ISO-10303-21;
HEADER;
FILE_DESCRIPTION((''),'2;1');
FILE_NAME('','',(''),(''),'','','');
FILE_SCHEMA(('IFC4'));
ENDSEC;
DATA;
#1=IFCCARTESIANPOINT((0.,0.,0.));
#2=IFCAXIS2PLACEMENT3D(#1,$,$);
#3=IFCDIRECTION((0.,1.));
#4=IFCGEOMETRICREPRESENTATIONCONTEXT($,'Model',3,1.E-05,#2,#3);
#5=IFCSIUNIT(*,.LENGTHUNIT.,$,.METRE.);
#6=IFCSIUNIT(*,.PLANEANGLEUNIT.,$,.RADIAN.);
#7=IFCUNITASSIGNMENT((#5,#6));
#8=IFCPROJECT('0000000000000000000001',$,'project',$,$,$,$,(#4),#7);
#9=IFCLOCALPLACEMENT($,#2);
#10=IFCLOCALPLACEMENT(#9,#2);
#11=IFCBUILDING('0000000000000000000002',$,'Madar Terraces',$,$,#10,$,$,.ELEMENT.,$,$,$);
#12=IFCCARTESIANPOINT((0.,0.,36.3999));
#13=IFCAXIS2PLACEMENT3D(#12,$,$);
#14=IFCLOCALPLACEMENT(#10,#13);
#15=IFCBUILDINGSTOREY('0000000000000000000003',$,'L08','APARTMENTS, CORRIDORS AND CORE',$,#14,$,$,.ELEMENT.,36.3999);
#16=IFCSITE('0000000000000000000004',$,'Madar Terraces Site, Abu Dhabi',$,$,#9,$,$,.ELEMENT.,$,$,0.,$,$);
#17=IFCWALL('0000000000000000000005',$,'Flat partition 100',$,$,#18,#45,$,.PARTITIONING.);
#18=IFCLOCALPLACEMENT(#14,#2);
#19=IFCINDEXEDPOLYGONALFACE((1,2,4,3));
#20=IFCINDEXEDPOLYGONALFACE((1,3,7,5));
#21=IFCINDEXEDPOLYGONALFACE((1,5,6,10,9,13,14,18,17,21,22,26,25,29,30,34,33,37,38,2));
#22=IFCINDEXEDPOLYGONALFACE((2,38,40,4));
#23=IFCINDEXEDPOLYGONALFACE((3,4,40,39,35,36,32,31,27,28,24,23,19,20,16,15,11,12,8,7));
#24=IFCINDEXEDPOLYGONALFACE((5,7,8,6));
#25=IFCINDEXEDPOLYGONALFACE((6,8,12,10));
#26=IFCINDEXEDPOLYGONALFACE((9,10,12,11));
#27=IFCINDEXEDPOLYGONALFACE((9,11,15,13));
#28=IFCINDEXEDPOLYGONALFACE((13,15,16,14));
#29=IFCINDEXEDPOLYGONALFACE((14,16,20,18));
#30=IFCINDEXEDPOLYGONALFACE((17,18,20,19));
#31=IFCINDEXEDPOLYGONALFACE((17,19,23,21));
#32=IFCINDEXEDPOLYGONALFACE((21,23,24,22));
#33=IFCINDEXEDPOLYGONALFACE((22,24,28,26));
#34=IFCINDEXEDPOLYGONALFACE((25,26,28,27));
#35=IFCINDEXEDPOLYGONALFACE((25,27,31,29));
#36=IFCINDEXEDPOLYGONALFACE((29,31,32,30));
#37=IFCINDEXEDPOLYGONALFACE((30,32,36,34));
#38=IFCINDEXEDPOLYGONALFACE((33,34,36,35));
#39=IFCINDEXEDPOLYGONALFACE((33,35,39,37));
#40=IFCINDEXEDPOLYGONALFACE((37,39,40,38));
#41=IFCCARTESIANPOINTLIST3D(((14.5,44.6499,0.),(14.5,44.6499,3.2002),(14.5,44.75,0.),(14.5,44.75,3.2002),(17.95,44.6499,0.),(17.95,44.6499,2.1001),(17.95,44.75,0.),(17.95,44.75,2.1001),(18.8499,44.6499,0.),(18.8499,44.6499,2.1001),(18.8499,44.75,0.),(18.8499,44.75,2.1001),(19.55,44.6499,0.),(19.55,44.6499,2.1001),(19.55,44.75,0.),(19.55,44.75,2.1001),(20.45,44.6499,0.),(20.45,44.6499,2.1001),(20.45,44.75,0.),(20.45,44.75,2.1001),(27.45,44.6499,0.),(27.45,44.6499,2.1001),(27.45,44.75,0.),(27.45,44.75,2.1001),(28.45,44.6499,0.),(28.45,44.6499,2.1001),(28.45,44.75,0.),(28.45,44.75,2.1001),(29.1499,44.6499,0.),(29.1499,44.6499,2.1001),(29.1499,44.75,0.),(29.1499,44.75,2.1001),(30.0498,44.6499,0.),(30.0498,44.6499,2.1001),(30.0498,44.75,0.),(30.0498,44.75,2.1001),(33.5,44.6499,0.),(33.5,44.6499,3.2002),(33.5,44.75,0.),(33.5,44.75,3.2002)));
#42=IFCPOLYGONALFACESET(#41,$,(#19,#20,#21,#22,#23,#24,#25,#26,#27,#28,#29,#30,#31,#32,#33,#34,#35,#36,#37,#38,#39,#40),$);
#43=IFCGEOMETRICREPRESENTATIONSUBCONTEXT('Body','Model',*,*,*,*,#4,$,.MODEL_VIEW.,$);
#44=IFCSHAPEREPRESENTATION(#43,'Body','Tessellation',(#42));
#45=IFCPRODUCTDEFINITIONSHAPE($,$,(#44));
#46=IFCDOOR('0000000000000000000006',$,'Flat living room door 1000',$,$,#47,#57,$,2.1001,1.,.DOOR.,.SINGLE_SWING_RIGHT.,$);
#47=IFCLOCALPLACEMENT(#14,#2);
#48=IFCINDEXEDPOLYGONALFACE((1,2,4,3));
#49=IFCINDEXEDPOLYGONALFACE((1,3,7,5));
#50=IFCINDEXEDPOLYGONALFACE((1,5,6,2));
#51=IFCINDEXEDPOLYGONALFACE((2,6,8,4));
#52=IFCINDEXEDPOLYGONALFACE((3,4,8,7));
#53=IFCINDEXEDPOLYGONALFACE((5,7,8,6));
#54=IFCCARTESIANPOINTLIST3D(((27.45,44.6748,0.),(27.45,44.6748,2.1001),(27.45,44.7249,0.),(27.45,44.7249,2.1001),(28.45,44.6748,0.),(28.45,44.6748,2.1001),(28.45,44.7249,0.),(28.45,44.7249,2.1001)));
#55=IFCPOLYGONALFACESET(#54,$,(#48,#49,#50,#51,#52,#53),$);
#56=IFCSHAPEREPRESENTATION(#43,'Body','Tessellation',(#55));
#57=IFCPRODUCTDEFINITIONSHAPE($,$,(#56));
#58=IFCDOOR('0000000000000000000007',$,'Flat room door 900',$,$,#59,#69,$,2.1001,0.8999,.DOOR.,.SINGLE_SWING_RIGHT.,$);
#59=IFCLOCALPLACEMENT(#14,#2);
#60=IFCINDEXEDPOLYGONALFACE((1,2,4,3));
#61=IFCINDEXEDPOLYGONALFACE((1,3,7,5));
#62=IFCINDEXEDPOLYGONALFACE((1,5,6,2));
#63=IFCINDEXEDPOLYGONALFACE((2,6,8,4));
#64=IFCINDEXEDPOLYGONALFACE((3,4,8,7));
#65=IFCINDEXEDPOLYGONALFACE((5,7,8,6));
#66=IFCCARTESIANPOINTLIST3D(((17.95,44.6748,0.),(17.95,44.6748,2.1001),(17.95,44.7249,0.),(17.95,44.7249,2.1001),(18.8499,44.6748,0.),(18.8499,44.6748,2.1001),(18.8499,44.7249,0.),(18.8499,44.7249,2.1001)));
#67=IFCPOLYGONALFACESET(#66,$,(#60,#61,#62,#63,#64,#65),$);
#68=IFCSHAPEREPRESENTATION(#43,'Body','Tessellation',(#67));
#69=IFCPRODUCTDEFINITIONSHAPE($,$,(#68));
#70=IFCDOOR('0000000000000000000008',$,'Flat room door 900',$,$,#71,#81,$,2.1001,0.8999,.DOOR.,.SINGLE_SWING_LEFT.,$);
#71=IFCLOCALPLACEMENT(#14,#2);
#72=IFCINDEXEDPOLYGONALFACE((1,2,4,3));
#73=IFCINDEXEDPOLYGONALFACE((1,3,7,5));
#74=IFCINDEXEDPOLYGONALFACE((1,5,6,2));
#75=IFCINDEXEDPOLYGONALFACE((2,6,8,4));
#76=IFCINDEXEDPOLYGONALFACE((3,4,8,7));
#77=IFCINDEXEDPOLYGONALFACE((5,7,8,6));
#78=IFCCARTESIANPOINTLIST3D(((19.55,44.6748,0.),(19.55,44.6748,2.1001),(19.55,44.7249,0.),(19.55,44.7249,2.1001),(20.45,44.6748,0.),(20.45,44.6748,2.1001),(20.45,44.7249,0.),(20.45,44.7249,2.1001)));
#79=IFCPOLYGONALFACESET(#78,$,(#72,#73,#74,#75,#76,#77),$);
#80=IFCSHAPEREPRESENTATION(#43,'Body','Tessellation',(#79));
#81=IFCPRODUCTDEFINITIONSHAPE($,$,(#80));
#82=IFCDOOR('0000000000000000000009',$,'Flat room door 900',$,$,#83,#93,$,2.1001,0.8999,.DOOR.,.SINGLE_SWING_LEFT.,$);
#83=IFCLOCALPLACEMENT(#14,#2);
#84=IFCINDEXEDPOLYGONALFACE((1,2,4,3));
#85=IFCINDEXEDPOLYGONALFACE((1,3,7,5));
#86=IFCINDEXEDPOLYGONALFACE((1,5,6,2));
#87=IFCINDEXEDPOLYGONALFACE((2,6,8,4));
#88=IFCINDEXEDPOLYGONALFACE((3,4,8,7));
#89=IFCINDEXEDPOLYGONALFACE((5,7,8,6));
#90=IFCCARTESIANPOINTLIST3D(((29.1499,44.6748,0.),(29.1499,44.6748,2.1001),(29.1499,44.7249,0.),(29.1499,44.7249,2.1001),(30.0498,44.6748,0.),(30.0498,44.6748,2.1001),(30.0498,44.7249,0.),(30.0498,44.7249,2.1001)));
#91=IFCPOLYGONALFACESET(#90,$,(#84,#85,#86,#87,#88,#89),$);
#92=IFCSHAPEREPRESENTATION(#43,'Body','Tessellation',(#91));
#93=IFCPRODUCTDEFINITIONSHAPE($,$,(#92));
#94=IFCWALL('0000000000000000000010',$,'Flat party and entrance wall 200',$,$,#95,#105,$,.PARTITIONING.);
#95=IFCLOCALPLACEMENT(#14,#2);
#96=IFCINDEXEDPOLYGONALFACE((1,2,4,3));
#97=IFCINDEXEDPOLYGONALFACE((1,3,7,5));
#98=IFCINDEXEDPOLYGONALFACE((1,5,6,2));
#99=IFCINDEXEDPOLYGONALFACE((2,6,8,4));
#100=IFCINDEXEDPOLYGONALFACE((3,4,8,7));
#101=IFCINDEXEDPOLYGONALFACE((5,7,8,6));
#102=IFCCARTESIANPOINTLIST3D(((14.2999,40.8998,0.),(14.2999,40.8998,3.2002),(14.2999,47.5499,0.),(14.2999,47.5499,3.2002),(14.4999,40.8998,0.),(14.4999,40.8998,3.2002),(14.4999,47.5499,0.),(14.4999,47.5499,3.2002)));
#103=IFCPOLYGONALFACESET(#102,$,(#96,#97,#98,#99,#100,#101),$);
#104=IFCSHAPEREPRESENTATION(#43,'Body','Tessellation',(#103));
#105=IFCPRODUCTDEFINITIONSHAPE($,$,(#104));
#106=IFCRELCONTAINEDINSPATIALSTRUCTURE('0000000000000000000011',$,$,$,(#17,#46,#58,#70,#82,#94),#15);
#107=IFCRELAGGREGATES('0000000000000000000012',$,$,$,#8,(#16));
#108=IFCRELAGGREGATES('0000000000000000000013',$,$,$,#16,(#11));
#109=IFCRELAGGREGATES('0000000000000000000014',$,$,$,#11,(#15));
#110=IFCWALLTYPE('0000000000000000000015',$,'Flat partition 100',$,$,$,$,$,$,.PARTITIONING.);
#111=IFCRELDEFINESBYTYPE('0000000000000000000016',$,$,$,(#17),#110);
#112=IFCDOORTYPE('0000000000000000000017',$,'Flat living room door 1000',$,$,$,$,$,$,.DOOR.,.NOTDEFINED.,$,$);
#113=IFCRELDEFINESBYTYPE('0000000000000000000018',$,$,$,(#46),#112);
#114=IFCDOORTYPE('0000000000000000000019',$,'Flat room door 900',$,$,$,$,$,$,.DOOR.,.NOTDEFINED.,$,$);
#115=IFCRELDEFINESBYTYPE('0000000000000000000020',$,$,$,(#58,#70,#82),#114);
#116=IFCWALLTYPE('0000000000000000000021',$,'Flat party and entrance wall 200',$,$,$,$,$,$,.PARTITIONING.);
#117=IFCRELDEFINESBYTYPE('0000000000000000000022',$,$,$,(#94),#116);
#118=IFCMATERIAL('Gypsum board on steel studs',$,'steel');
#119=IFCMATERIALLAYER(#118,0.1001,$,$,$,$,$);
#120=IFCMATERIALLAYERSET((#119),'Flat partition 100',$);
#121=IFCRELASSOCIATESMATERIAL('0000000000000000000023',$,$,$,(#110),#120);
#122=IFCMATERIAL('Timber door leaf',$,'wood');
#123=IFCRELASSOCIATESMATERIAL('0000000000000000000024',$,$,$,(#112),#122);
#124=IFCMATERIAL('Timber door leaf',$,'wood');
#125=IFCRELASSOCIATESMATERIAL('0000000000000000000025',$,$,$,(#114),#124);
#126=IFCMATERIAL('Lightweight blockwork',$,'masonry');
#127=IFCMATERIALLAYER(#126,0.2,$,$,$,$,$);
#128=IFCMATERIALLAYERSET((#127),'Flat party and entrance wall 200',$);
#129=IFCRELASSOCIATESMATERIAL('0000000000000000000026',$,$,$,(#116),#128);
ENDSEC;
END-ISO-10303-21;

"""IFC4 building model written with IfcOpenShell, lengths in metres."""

from ifc_helpers import new_model, si_unit, direction, frame, frame_2d, origin, place, context, subcontext, project, spatial, rectangle, extrude, material, layer, layer_set, type_object, element, fill, save


model = new_model("IFC4")

# Units and contexts
model_context = context("Model", 3, precision=1e-05, world=origin(), true_north=direction((0.0, 1.0)))
body_context = subcontext(model_context, "Body", "Model", "MODEL_VIEW")
ifc_project = project(units=[si_unit("LENGTHUNIT", "METRE"), si_unit("PLANEANGLEUNIT", "RADIAN")], contexts=[model_context])

# Site, building, storey
site_placement = place(None, origin())
site = spatial("IfcSite", under=ifc_project, at=site_placement, Name="Madar Terraces Site, Abu Dhabi", CompositionType="ELEMENT", RefElevation=0.0)
building_placement = place(site_placement, origin())
building = spatial("IfcBuilding", under=site, at=building_placement, Name="Madar Terraces", CompositionType="ELEMENT")
storey_placement = place(building_placement, frame((0.0, 0.0, 36.3999)))
storey = spatial("IfcBuildingStorey", under=building, at=storey_placement, Name="L08", Description="APARTMENTS, CORRIDORS AND CORE", CompositionType="ELEMENT", Elevation=36.3999)

# Wall, openings, doors
ifc_material_1 = material(Name="Gypsum board on steel studs", Category="steel")
ifc_layer_1 = layer(ifc_material_1, 0.1001)
ifc_layer_set_1 = layer_set([ifc_layer_1], Name="Flat partition 100")
wall_type_1 = type_object("IfcWallType", Name="Flat partition 100", PredefinedType="PARTITIONING", material=ifc_layer_set_1)
wall_1_placement = place(storey_placement, frame((14.5, 44.7, 0.0), z_axis=(0.0, 0.0, 1.0), x_axis=(1.0, 0.0, 0.0)))
wall_1 = element("IfcWall", 1, at=wall_1_placement, inside=storey, type_object=wall_type_1, Name="Flat partition 100", PredefinedType="PARTITIONING", context=body_context, shape_type="SweptSolid", body=[
    extrude(rectangle(XDim=19.0, YDim=0.1001, at=frame_2d((9.5, 0.0))), origin(), (0.0, 0.0, 1.0), 3.2002),
])
opening_1_placement = place(wall_1_placement, frame((3.45, 0.0, 0.0)))
opening_1 = element("IfcOpeningElement", 2, at=opening_1_placement, cuts=wall_1, PredefinedType="OPENING", context=body_context, shape_type="SweptSolid", body=[
    extrude(rectangle(XDim=0.8999, YDim=2.1001, at=frame_2d((0.45, 1.05))), frame((0.0, 0.0601, 0.0), z_axis=(0.0, -1.0, 0.0), x_axis=(1.0, 0.0, 0.0)), (0.0, 0.0, 1.0), 0.1201),
])
opening_2_placement = place(wall_1_placement, frame((5.05, 0.0, 0.0)))
opening_2 = element("IfcOpeningElement", 3, at=opening_2_placement, cuts=wall_1, PredefinedType="OPENING", context=body_context, shape_type="SweptSolid", body=[
    extrude(rectangle(XDim=0.8999, YDim=2.1001, at=frame_2d((0.45, 1.05))), frame((0.0, 0.0601, 0.0), z_axis=(0.0, -1.0, 0.0), x_axis=(1.0, 0.0, 0.0)), (0.0, 0.0, 1.0), 0.1201),
])
opening_3_placement = place(wall_1_placement, frame((12.95, 0.0, 0.0)))
opening_3 = element("IfcOpeningElement", 4, at=opening_3_placement, cuts=wall_1, PredefinedType="OPENING", context=body_context, shape_type="SweptSolid", body=[
    extrude(rectangle(XDim=1.0, YDim=2.1001, at=frame_2d((0.5, 1.05))), frame((0.0, 0.0601, 0.0), z_axis=(0.0, -1.0, 0.0), x_axis=(1.0, 0.0, 0.0)), (0.0, 0.0, 1.0), 0.1201),
])
opening_4_placement = place(wall_1_placement, frame((14.6499, 0.0, 0.0)))
opening_4 = element("IfcOpeningElement", 5, at=opening_4_placement, cuts=wall_1, PredefinedType="OPENING", context=body_context, shape_type="SweptSolid", body=[
    extrude(rectangle(XDim=0.8999, YDim=2.1001, at=frame_2d((0.45, 1.05))), frame((0.0, 0.0601, 0.0), z_axis=(0.0, -1.0, 0.0), x_axis=(1.0, 0.0, 0.0)), (0.0, 0.0, 1.0), 0.1201),
])
ifc_material_2 = material(Name="Timber door leaf", Category="wood")
door_type_1 = type_object("IfcDoorType", Name="Flat living room door 1000", OperationType="NOTDEFINED", PredefinedType="DOOR", material=ifc_material_2)
door_1_placement = place(opening_3_placement, origin())
door_1 = element("IfcDoor", 6, at=door_1_placement, inside=storey, type_object=door_type_1, Name="Flat living room door 1000", OperationType="SINGLE_SWING_RIGHT", OverallHeight=2.1001, OverallWidth=1.0, PredefinedType="DOOR", context=body_context, shape_type="SweptSolid", body=[
    extrude(rectangle(XDim=1.0, YDim=2.1001, at=frame_2d((0.5, 1.05))), frame((0.0, 0.0249, 0.0), z_axis=(0.0, -1.0, 0.0), x_axis=(1.0, 0.0, 0.0)), (0.0, 0.0, 1.0), 0.05),
])
fill(opening_3, door_1)
ifc_material_3 = material(Name="Timber door leaf", Category="wood")
door_type_2 = type_object("IfcDoorType", Name="Flat room door 900", OperationType="NOTDEFINED", PredefinedType="DOOR", material=ifc_material_3)
door_2_placement = place(opening_1_placement, origin())
door_2 = element("IfcDoor", 7, at=door_2_placement, inside=storey, type_object=door_type_2, Name="Flat room door 900", OperationType="SINGLE_SWING_RIGHT", OverallHeight=2.1001, OverallWidth=0.8999, PredefinedType="DOOR", context=body_context, shape_type="SweptSolid", body=[
    extrude(rectangle(XDim=0.8999, YDim=2.1001, at=frame_2d((0.45, 1.05))), frame((0.0, 0.0249, 0.0), z_axis=(0.0, -1.0, 0.0), x_axis=(1.0, 0.0, 0.0)), (0.0, 0.0, 1.0), 0.05),
])
fill(opening_1, door_2)
door_3_placement = place(opening_2_placement, origin())
door_3 = element("IfcDoor", 8, at=door_3_placement, inside=storey, type_object=door_type_2, Name="Flat room door 900", OperationType="SINGLE_SWING_LEFT", OverallHeight=2.1001, OverallWidth=0.8999, PredefinedType="DOOR", context=body_context, shape_type="SweptSolid", body=[
    extrude(rectangle(XDim=0.8999, YDim=2.1001, at=frame_2d((0.45, 1.05))), frame((0.0, 0.0249, 0.0), z_axis=(0.0, -1.0, 0.0), x_axis=(1.0, 0.0, 0.0)), (0.0, 0.0, 1.0), 0.05),
])
fill(opening_2, door_3)
door_4_placement = place(opening_4_placement, origin())
door_4 = element("IfcDoor", 9, at=door_4_placement, inside=storey, type_object=door_type_2, Name="Flat room door 900", OperationType="SINGLE_SWING_LEFT", OverallHeight=2.1001, OverallWidth=0.8999, PredefinedType="DOOR", context=body_context, shape_type="SweptSolid", body=[
    extrude(rectangle(XDim=0.8999, YDim=2.1001, at=frame_2d((0.45, 1.05))), frame((0.0, 0.0249, 0.0), z_axis=(0.0, -1.0, 0.0), x_axis=(1.0, 0.0, 0.0)), (0.0, 0.0, 1.0), 0.05),
])
fill(opening_4, door_4)

# Wall
ifc_material_4 = material(Name="Lightweight blockwork", Category="masonry")
ifc_layer_2 = layer(ifc_material_4, 0.2)
ifc_layer_set_2 = layer_set([ifc_layer_2], Name="Flat party and entrance wall 200")
wall_type_2 = type_object("IfcWallType", Name="Flat party and entrance wall 200", PredefinedType="PARTITIONING", material=ifc_layer_set_2)
wall_2_placement = place(storey_placement, frame((14.3999, 47.55, 0.0), z_axis=(0.0, 0.0, 1.0), x_axis=(0.0, -1.0, 0.0)))
element("IfcWall", 10, at=wall_2_placement, inside=storey, type_object=wall_type_2, Name="Flat party and entrance wall 200", PredefinedType="PARTITIONING", context=body_context, shape_type="SweptSolid", body=[
    extrude(rectangle(XDim=6.6501, YDim=0.2, at=frame_2d((3.3252, 0.0))), origin(), (0.0, 0.0, 1.0), 3.2002),
])

save(model, "model.ifc")
